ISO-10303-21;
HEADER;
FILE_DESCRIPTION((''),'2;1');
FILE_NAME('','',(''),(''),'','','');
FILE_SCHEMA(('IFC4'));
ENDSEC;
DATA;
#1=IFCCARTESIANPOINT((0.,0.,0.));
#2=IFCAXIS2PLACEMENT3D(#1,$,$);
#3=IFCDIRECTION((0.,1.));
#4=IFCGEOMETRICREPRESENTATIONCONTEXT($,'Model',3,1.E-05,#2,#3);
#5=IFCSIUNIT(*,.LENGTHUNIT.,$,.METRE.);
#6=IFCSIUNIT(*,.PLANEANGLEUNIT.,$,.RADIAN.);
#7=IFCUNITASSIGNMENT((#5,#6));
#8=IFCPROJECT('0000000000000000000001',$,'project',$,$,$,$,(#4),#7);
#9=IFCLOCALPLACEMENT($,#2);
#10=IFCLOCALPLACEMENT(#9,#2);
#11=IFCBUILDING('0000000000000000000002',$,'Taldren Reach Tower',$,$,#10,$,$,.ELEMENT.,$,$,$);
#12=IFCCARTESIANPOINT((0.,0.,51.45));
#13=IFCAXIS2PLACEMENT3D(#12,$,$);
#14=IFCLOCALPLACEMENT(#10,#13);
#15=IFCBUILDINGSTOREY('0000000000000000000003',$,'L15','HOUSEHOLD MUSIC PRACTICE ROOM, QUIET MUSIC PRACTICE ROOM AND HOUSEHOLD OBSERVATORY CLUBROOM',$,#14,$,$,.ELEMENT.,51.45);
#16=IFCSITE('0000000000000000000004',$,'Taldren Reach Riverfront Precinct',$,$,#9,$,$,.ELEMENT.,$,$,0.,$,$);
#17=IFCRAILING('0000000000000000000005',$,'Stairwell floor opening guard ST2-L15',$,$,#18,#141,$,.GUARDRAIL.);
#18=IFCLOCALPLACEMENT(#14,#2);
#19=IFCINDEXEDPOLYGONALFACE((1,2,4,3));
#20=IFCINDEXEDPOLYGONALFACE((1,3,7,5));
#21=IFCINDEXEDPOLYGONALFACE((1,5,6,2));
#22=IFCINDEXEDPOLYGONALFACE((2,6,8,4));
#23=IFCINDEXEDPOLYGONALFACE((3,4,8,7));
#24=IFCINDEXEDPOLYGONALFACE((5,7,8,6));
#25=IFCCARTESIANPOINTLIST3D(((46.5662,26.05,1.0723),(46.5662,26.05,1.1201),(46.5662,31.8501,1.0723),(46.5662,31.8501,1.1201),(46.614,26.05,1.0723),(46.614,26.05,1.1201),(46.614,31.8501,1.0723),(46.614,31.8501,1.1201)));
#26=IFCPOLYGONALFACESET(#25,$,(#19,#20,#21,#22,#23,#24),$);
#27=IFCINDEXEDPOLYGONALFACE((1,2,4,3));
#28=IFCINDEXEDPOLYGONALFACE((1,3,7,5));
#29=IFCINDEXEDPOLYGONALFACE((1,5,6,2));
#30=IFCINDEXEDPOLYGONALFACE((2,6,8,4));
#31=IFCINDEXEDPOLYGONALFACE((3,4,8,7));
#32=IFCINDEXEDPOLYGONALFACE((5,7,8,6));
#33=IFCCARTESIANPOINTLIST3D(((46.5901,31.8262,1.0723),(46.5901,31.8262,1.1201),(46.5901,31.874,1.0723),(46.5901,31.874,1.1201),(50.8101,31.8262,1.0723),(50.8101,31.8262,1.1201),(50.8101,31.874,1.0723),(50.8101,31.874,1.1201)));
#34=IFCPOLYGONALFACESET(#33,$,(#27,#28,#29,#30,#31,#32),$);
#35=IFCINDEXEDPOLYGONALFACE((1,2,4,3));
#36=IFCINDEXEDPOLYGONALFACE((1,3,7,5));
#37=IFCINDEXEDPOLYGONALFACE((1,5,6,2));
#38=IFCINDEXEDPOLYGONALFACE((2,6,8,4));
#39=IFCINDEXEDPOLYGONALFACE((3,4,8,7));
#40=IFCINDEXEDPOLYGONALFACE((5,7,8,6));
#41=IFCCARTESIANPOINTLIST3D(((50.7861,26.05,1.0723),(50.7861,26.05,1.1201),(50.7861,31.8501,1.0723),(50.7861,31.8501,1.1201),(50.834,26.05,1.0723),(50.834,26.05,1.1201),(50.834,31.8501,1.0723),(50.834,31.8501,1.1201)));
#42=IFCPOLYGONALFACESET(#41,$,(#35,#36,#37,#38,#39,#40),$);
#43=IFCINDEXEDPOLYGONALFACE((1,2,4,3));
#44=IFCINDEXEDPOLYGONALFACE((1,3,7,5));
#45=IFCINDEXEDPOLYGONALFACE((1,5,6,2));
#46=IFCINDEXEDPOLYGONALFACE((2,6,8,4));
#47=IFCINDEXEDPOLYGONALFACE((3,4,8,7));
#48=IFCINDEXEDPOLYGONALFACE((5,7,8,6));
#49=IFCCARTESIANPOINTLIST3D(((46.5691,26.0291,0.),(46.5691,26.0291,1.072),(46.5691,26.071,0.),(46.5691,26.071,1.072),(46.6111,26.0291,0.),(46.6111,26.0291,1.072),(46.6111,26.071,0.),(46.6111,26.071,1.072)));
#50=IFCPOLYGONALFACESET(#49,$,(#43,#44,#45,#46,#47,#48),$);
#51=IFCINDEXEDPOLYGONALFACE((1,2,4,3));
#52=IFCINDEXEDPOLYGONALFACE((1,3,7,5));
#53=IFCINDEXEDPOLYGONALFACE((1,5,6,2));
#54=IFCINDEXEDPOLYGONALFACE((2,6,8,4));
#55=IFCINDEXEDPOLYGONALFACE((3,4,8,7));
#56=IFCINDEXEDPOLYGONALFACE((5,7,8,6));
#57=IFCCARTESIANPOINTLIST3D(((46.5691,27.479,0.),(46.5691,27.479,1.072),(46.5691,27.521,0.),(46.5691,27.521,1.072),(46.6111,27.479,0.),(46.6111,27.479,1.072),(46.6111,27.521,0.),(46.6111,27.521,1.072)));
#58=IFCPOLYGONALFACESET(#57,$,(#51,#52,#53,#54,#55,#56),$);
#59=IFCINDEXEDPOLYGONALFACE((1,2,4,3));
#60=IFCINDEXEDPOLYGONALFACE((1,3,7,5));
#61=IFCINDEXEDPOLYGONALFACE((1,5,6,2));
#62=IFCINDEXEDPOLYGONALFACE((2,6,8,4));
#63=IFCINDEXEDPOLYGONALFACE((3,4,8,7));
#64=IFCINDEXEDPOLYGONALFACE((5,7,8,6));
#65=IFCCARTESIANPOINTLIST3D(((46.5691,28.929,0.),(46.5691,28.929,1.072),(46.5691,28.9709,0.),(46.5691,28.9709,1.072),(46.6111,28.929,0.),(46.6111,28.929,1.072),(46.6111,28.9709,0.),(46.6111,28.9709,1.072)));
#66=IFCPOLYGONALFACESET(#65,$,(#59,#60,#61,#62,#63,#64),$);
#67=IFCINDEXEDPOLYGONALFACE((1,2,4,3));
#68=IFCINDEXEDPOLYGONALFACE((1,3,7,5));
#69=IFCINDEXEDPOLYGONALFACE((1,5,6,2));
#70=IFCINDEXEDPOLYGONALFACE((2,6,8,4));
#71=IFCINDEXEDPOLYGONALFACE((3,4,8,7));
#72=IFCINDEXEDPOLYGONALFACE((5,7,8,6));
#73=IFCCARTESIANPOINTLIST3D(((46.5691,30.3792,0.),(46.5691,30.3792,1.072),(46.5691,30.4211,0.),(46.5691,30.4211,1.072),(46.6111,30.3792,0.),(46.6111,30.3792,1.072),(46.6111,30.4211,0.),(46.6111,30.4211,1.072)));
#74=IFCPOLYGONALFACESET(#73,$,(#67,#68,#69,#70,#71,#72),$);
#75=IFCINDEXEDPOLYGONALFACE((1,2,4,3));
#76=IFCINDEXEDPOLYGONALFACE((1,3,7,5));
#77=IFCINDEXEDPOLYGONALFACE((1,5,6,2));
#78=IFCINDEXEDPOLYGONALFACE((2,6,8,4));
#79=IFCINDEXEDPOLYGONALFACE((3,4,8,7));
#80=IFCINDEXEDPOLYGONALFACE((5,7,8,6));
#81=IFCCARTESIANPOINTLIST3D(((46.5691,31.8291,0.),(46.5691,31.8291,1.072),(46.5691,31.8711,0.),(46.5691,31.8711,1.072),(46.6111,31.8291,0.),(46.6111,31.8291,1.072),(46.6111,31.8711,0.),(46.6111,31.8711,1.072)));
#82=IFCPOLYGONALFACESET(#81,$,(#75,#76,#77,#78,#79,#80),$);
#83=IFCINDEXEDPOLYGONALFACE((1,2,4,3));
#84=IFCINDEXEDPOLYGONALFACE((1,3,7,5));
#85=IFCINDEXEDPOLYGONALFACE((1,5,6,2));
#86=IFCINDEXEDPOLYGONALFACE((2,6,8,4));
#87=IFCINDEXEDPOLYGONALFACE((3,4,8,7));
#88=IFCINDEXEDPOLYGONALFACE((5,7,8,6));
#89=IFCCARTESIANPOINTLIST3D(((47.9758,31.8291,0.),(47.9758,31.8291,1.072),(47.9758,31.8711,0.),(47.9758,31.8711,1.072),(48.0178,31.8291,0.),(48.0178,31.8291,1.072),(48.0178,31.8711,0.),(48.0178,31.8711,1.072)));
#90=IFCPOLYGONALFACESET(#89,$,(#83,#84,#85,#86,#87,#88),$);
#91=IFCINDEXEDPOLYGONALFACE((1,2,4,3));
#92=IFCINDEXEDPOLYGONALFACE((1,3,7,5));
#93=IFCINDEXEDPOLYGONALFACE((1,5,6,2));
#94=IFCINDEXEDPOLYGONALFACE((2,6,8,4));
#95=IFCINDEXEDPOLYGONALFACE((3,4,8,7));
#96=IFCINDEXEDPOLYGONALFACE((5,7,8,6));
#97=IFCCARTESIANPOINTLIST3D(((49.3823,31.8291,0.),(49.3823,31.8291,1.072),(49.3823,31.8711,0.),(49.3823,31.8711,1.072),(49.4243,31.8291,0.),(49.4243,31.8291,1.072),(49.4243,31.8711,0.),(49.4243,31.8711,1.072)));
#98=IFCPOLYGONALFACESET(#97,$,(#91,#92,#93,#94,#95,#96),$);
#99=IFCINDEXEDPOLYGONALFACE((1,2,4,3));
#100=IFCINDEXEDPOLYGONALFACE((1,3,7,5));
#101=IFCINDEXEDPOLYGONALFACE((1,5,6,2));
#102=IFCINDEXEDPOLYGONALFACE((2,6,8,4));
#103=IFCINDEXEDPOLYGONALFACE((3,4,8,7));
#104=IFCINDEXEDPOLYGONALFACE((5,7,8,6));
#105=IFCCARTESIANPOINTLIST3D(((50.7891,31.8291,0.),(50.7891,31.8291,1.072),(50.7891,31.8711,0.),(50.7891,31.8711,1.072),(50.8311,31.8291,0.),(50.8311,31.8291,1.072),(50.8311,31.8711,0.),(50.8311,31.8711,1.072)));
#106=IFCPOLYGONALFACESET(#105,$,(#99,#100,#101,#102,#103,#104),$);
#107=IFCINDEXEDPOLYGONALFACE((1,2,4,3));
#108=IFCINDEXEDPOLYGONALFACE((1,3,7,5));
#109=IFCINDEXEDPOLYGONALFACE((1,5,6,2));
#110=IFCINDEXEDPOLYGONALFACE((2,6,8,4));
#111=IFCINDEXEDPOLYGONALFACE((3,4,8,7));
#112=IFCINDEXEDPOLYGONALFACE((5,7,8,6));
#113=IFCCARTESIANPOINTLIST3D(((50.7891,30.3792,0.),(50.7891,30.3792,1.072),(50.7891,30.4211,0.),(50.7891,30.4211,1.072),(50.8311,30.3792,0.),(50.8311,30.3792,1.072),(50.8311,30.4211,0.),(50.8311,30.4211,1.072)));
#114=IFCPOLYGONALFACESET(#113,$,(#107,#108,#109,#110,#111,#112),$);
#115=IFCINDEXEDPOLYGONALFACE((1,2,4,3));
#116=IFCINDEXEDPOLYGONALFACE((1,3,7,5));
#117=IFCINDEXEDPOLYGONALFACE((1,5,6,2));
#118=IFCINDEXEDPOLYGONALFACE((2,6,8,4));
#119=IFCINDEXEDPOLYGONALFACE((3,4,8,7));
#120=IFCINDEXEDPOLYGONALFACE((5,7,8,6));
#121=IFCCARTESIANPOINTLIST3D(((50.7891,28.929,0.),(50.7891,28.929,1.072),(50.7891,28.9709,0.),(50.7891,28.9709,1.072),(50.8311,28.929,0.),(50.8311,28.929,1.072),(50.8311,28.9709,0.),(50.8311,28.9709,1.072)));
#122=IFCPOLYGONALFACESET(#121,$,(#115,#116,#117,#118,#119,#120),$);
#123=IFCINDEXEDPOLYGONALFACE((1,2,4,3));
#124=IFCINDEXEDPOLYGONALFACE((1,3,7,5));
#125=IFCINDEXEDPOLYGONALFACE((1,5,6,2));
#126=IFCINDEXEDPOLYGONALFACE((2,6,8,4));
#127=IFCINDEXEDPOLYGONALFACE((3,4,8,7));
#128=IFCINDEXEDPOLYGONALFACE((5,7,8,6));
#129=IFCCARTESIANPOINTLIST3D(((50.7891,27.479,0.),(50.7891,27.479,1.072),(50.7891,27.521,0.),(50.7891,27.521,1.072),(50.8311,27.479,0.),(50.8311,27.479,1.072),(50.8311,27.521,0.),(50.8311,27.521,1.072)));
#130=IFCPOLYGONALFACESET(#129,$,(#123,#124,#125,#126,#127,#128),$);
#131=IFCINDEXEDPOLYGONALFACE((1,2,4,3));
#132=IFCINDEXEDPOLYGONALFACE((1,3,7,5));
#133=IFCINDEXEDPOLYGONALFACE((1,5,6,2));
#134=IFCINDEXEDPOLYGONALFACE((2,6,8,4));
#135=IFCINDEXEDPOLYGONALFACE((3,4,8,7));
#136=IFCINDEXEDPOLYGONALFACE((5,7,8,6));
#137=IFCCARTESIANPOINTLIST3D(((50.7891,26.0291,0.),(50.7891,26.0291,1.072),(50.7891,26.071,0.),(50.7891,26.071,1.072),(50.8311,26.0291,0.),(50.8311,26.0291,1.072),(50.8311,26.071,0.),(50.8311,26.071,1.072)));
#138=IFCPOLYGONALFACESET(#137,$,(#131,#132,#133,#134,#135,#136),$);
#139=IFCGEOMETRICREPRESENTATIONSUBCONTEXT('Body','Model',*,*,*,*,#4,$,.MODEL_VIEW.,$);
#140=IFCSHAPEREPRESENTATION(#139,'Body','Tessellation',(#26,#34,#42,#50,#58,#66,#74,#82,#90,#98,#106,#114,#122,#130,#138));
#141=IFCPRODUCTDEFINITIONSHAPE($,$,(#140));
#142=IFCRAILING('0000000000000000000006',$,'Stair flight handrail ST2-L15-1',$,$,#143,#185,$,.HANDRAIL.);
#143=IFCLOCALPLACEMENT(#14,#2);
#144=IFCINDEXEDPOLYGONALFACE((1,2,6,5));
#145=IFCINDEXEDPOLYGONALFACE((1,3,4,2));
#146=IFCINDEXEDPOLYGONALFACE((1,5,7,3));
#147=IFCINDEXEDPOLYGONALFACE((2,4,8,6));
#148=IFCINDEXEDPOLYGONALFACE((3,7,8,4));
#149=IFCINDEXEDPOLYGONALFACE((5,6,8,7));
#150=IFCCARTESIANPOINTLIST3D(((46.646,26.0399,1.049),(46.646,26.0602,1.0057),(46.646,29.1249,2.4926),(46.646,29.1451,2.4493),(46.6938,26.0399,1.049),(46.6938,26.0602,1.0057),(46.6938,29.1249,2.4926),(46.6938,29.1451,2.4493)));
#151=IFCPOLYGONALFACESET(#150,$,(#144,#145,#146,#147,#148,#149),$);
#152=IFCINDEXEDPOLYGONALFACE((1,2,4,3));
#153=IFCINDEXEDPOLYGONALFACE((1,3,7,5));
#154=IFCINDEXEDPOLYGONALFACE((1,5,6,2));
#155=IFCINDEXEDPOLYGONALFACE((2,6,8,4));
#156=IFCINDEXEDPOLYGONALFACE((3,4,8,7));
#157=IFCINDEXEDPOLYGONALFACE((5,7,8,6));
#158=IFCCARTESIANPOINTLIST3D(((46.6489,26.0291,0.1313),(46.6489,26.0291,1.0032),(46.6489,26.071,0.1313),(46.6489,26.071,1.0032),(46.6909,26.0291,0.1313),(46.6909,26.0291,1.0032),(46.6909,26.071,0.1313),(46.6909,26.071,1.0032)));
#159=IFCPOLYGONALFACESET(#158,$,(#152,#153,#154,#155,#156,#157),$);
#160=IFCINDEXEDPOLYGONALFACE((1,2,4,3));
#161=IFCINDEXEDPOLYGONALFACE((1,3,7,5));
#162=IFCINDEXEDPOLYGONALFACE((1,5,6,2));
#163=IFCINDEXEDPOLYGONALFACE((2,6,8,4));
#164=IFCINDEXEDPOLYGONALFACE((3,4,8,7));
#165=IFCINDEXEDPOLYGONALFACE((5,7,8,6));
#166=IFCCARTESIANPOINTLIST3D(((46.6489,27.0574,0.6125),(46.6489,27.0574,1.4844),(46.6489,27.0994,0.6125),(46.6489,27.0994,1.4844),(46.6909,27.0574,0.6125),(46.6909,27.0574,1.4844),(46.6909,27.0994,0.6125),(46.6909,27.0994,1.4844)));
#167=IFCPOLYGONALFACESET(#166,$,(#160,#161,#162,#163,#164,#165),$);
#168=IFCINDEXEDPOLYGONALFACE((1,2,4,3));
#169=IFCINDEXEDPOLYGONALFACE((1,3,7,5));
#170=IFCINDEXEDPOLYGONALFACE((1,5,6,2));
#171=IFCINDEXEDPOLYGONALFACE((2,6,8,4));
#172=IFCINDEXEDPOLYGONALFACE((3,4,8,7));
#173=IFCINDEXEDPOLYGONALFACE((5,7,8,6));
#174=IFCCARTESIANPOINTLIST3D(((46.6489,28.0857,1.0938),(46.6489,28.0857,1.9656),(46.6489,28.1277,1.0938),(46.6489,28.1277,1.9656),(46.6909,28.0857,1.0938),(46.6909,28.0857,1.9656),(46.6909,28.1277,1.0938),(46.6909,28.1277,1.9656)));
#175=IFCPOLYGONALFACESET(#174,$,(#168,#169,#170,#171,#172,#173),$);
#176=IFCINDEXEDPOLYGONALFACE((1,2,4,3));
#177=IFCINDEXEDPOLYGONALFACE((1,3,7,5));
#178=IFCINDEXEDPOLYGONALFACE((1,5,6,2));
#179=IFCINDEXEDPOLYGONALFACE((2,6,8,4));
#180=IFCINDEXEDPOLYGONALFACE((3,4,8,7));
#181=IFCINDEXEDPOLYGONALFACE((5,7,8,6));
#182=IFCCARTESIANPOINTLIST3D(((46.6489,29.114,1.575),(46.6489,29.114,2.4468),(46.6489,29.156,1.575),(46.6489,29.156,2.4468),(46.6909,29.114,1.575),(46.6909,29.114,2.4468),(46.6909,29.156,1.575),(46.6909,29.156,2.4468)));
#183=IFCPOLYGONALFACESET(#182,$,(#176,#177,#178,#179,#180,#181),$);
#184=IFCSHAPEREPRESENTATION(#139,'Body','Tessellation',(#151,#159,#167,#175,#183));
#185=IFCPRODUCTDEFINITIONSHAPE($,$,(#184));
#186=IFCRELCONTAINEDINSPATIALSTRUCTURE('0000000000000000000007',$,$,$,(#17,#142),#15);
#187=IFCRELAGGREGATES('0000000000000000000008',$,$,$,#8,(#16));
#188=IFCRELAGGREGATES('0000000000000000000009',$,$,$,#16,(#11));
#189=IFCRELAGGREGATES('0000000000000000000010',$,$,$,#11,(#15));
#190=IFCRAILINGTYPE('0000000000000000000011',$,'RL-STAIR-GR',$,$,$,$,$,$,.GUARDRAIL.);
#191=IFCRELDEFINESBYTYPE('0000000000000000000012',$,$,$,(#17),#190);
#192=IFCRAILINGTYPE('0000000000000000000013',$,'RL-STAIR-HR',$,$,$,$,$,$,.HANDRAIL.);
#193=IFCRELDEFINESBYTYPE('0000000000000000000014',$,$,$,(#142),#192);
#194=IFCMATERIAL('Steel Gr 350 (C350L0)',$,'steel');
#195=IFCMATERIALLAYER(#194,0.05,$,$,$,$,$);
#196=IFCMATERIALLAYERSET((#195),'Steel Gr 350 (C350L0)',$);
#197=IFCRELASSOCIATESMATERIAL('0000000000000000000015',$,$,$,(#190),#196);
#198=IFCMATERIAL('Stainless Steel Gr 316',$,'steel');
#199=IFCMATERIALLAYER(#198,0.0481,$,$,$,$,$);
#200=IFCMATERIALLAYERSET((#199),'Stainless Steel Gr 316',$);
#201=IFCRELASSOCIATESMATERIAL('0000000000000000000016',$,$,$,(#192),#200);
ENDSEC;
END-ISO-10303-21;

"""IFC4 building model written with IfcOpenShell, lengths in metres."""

from ifc_helpers import new_model, si_unit, direction, frame, origin, origin_2d, place, context, subcontext, project, spatial, rectangle, extrude, material, layer, layer_set, type_object, element, save


model = new_model("IFC4")

# Units and contexts
model_context = context("Model", 3, precision=1e-05, world=origin(), true_north=direction((0.0, 1.0)))
body_context = subcontext(model_context, "Body", "Model", "MODEL_VIEW")
ifc_project = project(units=[si_unit("LENGTHUNIT", "METRE"), si_unit("PLANEANGLEUNIT", "RADIAN")], contexts=[model_context])

# Site, building, storey
site_placement = place(None, origin())
site = spatial("IfcSite", under=ifc_project, at=site_placement, Name="Taldren Reach Riverfront Precinct", CompositionType="ELEMENT", RefElevation=0.0)
building_placement = place(site_placement, origin())
building = spatial("IfcBuilding", under=site, at=building_placement, Name="Taldren Reach Tower", CompositionType="ELEMENT")
storey_placement = place(building_placement, frame((0.0, 0.0, 51.45)))
storey = spatial("IfcBuildingStorey", under=building, at=storey_placement, Name="L15", Description="HOUSEHOLD MUSIC PRACTICE ROOM, QUIET MUSIC PRACTICE ROOM AND HOUSEHOLD OBSERVATORY CLUBROOM", CompositionType="ELEMENT", Elevation=51.45)

# Shared definitions
ifc_material_1 = material(Name="Steel Gr 350 (C350L0)", Category="steel")

# Railings
ifc_layer_1 = layer(ifc_material_1, 0.05)
ifc_layer_set_1 = layer_set([ifc_layer_1], Name="Steel Gr 350 (C350L0)")
railing_type_1 = type_object("IfcRailingType", Name="RL-STAIR-GR", PredefinedType="GUARDRAIL", material=ifc_layer_set_1)
railing_1_placement = place(storey_placement, frame((46.5901, 26.05, 0.0)))
element("IfcRailing", 1, at=railing_1_placement, inside=storey, type_object=railing_type_1, Name="Stairwell floor opening guard ST2-L15", PredefinedType="GUARDRAIL", context=body_context, shape_type="SweptSolid", body=[
    extrude(rectangle(XDim=0.0479, YDim=0.0479, at=origin_2d()), frame((0.0, 0.0, 1.0962), z_axis=(0.0, 1.0, 0.0), x_axis=(-1.0, 0.0, 0.0)), (0.0, 0.0, 1.0), 5.8),
    extrude(rectangle(XDim=0.0479, YDim=0.0479, at=origin_2d()), frame((0.0, 5.8, 1.0962), z_axis=(1.0, 0.0, 0.0), x_axis=(0.0, 1.0, 0.0)), (0.0, 0.0, 1.0), 4.22),
    extrude(rectangle(XDim=0.0479, YDim=0.0479, at=origin_2d()), frame((4.22, 5.8, 1.0962), z_axis=(0.0, -1.0, 0.0), x_axis=(1.0, 0.0, 0.0)), (0.0, 0.0, 1.0), 5.8),
    extrude(rectangle(XDim=0.042, YDim=0.042, at=origin_2d()), origin(), (0.0, 0.0, 1.0), 1.072),
    extrude(rectangle(XDim=0.042, YDim=0.042, at=origin_2d()), frame((0.0, 1.45, 0.0)), (0.0, 0.0, 1.0), 1.072),
    extrude(rectangle(XDim=0.042, YDim=0.042, at=origin_2d()), frame((0.0, 2.8999, 0.0)), (0.0, 0.0, 1.0), 1.072),
    extrude(rectangle(XDim=0.042, YDim=0.042, at=origin_2d()), frame((0.0, 4.3501, 0.0)), (0.0, 0.0, 1.0), 1.072),
    extrude(rectangle(XDim=0.042, YDim=0.042, at=origin_2d()), frame((0.0, 5.8, 0.0)), (0.0, 0.0, 1.0), 1.072),
    extrude(rectangle(XDim=0.042, YDim=0.042, at=origin_2d()), frame((1.4067, 5.8, 0.0)), (0.0, 0.0, 1.0), 1.072),
    extrude(rectangle(XDim=0.042, YDim=0.042, at=origin_2d()), frame((2.8132, 5.8, 0.0)), (0.0, 0.0, 1.0), 1.072),
    extrude(rectangle(XDim=0.042, YDim=0.042, at=origin_2d()), frame((4.22, 5.8, 0.0)), (0.0, 0.0, 1.0), 1.072),
    extrude(rectangle(XDim=0.042, YDim=0.042, at=origin_2d()), frame((4.22, 4.3501, 0.0)), (0.0, 0.0, 1.0), 1.072),
    extrude(rectangle(XDim=0.042, YDim=0.042, at=origin_2d()), frame((4.22, 2.8999, 0.0)), (0.0, 0.0, 1.0), 1.072),
    extrude(rectangle(XDim=0.042, YDim=0.042, at=origin_2d()), frame((4.22, 1.45, 0.0)), (0.0, 0.0, 1.0), 1.072),
    extrude(rectangle(XDim=0.042, YDim=0.042, at=origin_2d()), frame((4.22, 0.0, 0.0)), (0.0, 0.0, 1.0), 1.072),
])
ifc_material_2 = material(Name="Stainless Steel Gr 316", Category="steel")
ifc_layer_2 = layer(ifc_material_2, 0.0481)
ifc_layer_set_2 = layer_set([ifc_layer_2], Name="Stainless Steel Gr 316")
railing_type_2 = type_object("IfcRailingType", Name="RL-STAIR-HR", PredefinedType="HANDRAIL", material=ifc_layer_set_2)
railing_2_placement = place(storey_placement, frame((46.6699, 26.05, 0.1313)))
element("IfcRailing", 2, at=railing_2_placement, inside=storey, type_object=railing_type_2, Name="Stair flight handrail ST2-L15-1", PredefinedType="HANDRAIL", context=body_context, shape_type="SweptSolid", body=[
    extrude(rectangle(XDim=0.0479, YDim=0.0479, at=origin_2d()), frame((0.0, 0.0, 0.896), z_axis=(0.0, 0.905738, 0.423839), x_axis=(-1.0, 0.0, 0.0)), (0.0, 0.0, 1.0), 3.406),
    extrude(rectangle(XDim=0.042, YDim=0.042, at=origin_2d()), origin(), (0.0, 0.0, 1.0), 0.8718),
    extrude(rectangle(XDim=0.042, YDim=0.042, at=origin_2d()), frame((0.0, 1.0283, 0.4812)), (0.0, 0.0, 1.0), 0.8718),
    extrude(rectangle(XDim=0.042, YDim=0.042, at=origin_2d()), frame((0.0, 2.0566, 0.9624)), (0.0, 0.0, 1.0), 0.8718),
    extrude(rectangle(XDim=0.042, YDim=0.042, at=origin_2d()), frame((0.0, 3.085, 1.4436)), (0.0, 0.0, 1.0), 0.8718),
])

save(model, "model.ifc")
